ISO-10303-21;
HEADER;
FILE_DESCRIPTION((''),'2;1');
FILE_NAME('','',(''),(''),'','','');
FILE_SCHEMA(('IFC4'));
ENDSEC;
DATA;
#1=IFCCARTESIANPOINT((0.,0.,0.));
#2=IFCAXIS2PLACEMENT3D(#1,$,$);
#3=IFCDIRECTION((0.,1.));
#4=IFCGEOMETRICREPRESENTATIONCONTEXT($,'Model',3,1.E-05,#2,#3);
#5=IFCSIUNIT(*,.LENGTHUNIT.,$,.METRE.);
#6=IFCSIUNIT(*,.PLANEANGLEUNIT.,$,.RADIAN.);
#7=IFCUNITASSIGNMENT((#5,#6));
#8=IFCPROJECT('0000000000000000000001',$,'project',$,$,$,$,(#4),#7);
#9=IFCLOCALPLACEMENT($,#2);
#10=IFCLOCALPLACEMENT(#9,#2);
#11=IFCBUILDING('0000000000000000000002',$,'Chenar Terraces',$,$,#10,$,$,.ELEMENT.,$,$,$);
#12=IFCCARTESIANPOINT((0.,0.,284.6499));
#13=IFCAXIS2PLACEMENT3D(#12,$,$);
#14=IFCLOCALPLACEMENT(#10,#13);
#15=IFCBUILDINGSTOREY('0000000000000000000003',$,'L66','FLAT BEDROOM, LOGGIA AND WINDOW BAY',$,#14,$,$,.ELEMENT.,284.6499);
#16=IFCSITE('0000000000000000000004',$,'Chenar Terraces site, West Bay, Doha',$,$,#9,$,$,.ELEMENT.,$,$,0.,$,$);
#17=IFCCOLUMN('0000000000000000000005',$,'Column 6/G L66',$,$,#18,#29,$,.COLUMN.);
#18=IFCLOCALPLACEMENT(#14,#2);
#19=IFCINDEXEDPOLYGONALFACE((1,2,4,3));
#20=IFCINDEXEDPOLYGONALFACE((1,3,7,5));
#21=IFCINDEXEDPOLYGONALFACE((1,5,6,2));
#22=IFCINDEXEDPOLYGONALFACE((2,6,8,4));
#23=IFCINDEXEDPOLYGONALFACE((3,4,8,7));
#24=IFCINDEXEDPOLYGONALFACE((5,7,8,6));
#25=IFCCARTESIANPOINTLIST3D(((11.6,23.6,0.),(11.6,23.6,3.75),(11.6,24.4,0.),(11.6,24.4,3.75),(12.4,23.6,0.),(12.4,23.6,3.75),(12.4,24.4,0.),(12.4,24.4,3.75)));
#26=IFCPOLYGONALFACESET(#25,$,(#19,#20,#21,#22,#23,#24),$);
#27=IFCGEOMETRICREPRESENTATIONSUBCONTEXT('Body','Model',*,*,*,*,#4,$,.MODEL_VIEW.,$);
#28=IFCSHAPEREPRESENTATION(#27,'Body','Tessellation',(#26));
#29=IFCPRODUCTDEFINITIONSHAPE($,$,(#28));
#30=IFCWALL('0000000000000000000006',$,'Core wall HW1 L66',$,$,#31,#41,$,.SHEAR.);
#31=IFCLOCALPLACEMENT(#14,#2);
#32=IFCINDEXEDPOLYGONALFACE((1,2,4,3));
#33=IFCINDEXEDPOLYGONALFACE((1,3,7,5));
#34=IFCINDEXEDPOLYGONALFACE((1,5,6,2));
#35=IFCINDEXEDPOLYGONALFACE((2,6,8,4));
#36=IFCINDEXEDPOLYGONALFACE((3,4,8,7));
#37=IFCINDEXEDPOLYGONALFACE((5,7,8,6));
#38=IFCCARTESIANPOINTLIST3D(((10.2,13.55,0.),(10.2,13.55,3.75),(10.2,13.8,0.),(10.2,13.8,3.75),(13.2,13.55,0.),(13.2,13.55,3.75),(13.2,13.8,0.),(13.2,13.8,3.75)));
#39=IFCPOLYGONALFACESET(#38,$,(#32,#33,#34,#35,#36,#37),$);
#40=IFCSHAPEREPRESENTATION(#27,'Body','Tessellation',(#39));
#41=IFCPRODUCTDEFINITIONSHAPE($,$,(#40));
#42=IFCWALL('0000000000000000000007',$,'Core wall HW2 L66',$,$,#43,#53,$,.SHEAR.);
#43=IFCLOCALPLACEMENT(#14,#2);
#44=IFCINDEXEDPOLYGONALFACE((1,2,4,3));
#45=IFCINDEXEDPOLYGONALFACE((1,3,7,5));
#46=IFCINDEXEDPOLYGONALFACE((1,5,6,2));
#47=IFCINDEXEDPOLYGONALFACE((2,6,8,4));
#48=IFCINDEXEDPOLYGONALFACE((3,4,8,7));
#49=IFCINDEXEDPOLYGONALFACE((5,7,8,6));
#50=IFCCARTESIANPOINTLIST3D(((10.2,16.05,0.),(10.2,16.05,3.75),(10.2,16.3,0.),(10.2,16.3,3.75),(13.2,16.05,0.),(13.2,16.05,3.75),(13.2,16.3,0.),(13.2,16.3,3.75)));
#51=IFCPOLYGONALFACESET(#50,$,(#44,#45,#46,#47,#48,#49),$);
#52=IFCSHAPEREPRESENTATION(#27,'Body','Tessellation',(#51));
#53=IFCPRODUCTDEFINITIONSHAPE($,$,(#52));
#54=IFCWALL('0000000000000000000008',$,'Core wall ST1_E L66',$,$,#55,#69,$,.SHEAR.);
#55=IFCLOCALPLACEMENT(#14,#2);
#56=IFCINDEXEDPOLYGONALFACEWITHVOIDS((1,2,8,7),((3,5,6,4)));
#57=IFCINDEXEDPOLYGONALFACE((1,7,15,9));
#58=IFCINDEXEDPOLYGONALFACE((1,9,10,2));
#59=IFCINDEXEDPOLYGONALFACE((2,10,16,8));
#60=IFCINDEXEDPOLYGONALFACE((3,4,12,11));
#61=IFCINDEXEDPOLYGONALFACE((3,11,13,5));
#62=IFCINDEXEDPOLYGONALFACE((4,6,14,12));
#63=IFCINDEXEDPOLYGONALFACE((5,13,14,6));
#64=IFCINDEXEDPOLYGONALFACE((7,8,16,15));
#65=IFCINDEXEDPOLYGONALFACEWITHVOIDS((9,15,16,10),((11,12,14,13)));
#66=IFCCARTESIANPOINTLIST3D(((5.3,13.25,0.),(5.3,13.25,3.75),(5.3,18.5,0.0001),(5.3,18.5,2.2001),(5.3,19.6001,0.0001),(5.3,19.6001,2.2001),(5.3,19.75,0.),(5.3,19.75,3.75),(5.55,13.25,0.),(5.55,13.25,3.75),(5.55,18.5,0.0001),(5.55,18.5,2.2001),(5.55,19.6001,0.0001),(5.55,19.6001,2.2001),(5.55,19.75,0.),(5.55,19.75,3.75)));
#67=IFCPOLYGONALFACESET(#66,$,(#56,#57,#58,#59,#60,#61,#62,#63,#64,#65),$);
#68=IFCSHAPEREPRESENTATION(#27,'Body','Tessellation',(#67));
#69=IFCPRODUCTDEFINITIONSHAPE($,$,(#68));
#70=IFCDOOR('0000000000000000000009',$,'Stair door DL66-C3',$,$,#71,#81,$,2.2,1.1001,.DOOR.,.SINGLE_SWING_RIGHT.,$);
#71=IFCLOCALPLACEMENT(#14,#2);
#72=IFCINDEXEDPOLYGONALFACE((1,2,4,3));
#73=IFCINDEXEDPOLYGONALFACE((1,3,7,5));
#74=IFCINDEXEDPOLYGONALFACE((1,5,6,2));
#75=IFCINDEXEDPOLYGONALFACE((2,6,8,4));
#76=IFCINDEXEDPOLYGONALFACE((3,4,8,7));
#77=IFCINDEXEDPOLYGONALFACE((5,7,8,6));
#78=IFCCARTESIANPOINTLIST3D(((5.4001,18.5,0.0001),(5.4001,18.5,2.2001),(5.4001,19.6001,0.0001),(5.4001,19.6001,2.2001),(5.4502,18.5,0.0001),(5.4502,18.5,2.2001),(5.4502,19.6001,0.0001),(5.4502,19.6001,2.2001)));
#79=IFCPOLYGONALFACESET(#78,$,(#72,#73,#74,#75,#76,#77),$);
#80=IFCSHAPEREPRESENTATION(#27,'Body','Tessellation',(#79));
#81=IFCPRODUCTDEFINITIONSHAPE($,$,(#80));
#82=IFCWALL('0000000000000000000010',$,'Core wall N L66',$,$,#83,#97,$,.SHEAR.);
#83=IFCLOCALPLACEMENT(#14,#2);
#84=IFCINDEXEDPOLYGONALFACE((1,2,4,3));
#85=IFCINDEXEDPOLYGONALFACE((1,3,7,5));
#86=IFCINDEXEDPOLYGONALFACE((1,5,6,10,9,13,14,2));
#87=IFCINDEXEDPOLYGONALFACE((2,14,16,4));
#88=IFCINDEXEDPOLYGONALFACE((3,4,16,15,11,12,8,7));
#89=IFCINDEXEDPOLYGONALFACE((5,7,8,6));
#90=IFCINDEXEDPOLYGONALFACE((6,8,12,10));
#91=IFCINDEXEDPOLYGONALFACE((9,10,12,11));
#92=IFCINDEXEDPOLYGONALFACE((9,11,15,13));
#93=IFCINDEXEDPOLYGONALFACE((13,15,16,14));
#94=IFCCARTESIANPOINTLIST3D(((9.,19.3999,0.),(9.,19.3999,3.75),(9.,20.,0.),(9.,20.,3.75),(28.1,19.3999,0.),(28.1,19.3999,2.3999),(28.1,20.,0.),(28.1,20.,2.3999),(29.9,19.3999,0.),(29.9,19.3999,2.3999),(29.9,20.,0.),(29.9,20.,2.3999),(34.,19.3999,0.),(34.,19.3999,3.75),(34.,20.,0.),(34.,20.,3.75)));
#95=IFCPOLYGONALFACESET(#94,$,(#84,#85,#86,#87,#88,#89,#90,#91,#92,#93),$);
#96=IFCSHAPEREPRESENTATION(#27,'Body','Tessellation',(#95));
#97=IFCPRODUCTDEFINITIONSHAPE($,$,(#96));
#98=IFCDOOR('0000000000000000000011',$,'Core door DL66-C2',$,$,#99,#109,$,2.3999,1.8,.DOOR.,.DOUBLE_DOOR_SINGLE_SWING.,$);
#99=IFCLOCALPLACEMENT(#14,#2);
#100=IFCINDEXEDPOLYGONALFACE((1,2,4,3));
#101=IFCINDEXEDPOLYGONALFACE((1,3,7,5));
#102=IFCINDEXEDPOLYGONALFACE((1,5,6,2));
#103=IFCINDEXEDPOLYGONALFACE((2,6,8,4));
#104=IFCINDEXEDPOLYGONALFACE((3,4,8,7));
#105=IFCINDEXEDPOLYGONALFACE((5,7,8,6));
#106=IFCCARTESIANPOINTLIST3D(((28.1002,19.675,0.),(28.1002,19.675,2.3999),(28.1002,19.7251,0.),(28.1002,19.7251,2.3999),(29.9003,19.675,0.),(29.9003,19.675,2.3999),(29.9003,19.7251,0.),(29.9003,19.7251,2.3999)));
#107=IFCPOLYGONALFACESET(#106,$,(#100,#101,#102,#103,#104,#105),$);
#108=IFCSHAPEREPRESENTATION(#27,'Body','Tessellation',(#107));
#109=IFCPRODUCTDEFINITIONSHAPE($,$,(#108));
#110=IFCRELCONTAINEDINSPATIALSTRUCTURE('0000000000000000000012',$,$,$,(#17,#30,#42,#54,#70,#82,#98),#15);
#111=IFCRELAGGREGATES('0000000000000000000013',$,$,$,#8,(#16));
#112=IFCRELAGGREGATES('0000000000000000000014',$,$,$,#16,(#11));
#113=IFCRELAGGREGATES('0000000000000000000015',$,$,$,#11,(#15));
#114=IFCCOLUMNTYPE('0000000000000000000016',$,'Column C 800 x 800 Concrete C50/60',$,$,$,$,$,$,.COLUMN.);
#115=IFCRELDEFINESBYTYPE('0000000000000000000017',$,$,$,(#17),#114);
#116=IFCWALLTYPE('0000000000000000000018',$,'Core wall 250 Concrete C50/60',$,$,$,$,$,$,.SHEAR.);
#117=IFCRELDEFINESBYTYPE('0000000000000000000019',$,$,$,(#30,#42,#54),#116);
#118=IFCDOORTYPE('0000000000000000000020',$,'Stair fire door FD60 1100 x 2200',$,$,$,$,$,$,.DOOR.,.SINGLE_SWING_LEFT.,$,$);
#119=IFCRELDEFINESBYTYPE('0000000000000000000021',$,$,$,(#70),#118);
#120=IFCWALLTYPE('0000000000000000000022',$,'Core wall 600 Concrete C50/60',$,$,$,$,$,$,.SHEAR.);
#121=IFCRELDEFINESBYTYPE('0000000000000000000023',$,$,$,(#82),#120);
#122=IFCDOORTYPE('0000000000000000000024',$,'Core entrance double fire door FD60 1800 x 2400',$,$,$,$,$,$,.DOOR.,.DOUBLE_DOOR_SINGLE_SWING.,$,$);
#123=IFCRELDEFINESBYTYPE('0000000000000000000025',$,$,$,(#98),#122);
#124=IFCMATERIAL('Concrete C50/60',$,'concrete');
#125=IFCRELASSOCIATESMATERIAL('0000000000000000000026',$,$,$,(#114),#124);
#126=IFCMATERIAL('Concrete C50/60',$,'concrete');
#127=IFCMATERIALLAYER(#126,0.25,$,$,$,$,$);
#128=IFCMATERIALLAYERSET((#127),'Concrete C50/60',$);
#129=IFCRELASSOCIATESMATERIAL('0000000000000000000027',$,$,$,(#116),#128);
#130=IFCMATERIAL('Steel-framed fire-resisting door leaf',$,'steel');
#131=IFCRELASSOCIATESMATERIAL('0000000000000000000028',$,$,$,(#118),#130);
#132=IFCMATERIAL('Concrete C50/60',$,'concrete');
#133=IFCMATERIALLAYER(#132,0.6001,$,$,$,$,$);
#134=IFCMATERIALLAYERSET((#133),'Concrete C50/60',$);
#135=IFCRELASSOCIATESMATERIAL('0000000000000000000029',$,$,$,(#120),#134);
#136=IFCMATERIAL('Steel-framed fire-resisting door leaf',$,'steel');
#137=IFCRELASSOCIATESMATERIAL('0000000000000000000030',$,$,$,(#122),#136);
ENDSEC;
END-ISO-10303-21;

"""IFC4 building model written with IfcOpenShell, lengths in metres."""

from ifc_helpers import new_model, si_unit, direction, frame, frame_2d, origin, origin_2d, place, context, subcontext, project, spatial, rectangle, extrude, material, layer, layer_set, material_profile, profile_set, type_object, element, fill, save


model = new_model("IFC4")

# Units and contexts
model_context = context("Model", 3, precision=1e-05, world=origin(), true_north=direction((0.0, 1.0)))
body_context = subcontext(model_context, "Body", "Model", "MODEL_VIEW")
ifc_project = project(units=[si_unit("LENGTHUNIT", "METRE"), si_unit("PLANEANGLEUNIT", "RADIAN")], contexts=[model_context])

# Site, building, storey
site_placement = place(None, origin())
site = spatial("IfcSite", under=ifc_project, at=site_placement, Name="Chenar Terraces site, West Bay, Doha", CompositionType="ELEMENT", RefElevation=0.0)
building_placement = place(site_placement, origin())
building = spatial("IfcBuilding", under=site, at=building_placement, Name="Chenar Terraces", CompositionType="ELEMENT")
storey_placement = place(building_placement, frame((0.0, 0.0, 284.6499)))
storey = spatial("IfcBuildingStorey", under=building, at=storey_placement, Name="L66", Description="FLAT BEDROOM, LOGGIA AND WINDOW BAY", CompositionType="ELEMENT", Elevation=284.6499)

# Column
ifc_material_1 = material(Name="Concrete C50/60", Category="concrete")
ifc_material_profile = material_profile(ifc_material_1, rectangle(XDim=0.8, YDim=0.8, at=origin_2d()), Name="C 800 x 800")
ifc_profile_set = profile_set([ifc_material_profile], Name="Concrete C50/60")
column_type = type_object("IfcColumnType", Name="Column C 800 x 800 Concrete C50/60", PredefinedType="COLUMN", material=ifc_profile_set)
column_placement = place(storey_placement, frame((12.0, 24.0, 0.0), z_axis=(0.0, 0.0, 1.0), x_axis=(1.0, 0.0, 0.0)))
element("IfcColumn", 1, at=column_placement, inside=storey, type_object=column_type, Name="Column 6/G L66", PredefinedType="COLUMN", context=body_context, shape_type="SweptSolid", body=[
    extrude(rectangle(XDim=0.8, YDim=0.8, at=origin_2d()), origin(), (0.0, 0.0, 1.0), 3.75),
])

# Walls
ifc_material_2 = material(Name="Concrete C50/60", Category="concrete")
ifc_layer_1 = layer(ifc_material_2, 0.25)
ifc_layer_set_1 = layer_set([ifc_layer_1], Name="Concrete C50/60")
wall_type_1 = type_object("IfcWallType", Name="Core wall 250 Concrete C50/60", PredefinedType="SHEAR", material=ifc_layer_set_1)
for number, where, z_axis, x_axis, name in (
    (2, (10.2, 13.675, 0.0), (0.0, 0.0, 1.0), (1.0, 0.0, 0.0), "Core wall HW1 L66"),
    (3, (10.2, 16.175, 0.0), (0.0, 0.0, 1.0), (1.0, 0.0, 0.0), "Core wall HW2 L66"),
):
    element("IfcWall", number, at=place(storey_placement, frame(where, z_axis=z_axis, x_axis=x_axis)), inside=storey, type_object=wall_type_1, Name=name, PredefinedType="SHEAR", context=body_context, shape_type="SweptSolid", body=[
        extrude(rectangle(XDim=3.0, YDim=0.25, at=frame_2d((1.5, 0.0))), origin(), (0.0, 0.0, 1.0), 3.75),
    ])

# Walls, openings, doors
wall_1_placement = place(storey_placement, frame((5.425, 13.25, 0.0), z_axis=(0.0, 0.0, 1.0), x_axis=(0.0, 1.0, 0.0)))
wall_1 = element("IfcWall", 4, at=wall_1_placement, inside=storey, type_object=wall_type_1, Name="Core wall ST1_E L66", PredefinedType="SHEAR", context=body_context, shape_type="SweptSolid", body=[
    extrude(rectangle(XDim=6.5, YDim=0.25, at=frame_2d((3.25, 0.0))), origin(), (0.0, 0.0, 1.0), 3.75),
])
opening_1_placement = place(wall_1_placement, frame((5.25, 0.0, 0.0)))
opening_1 = element("IfcOpeningElement", 5, at=opening_1_placement, cuts=wall_1, PredefinedType="OPENING", context=body_context, shape_type="SweptSolid", body=[
    extrude(rectangle(XDim=1.1001, YDim=2.2, at=frame_2d((0.55, 1.1001))), frame((0.0, 0.135, 0.0), z_axis=(0.0, -1.0, 0.0), x_axis=(1.0, 0.0, 0.0)), (0.0, 0.0, 1.0), 0.27),
])
ifc_material_3 = material(Name="Steel-framed fire-resisting door leaf", Category="steel")
door_type_1 = type_object("IfcDoorType", Name="Stair fire door FD60 1100 x 2200", OperationType="SINGLE_SWING_LEFT", PredefinedType="DOOR", material=ifc_material_3)
door_1_placement = place(opening_1_placement, origin())
door_1 = element("IfcDoor", 6, at=door_1_placement, inside=storey, type_object=door_type_1, Name="Stair door DL66-C3", OperationType="SINGLE_SWING_RIGHT", OverallHeight=2.2, OverallWidth=1.1001, PredefinedType="DOOR", context=body_context, shape_type="SweptSolid", body=[
    extrude(rectangle(XDim=1.1001, YDim=2.2, at=frame_2d((0.55, 1.1001))), frame((0.0, 0.0249, 0.0), z_axis=(0.0, -1.0, 0.0), x_axis=(1.0, 0.0, 0.0)), (0.0, 0.0, 1.0), 0.05),
])
fill(opening_1, door_1)
ifc_material_4 = material(Name="Concrete C50/60", Category="concrete")
ifc_layer_2 = layer(ifc_material_4, 0.6001)
ifc_layer_set_2 = layer_set([ifc_layer_2], Name="Concrete C50/60")
wall_type_2 = type_object("IfcWallType", Name="Core wall 600 Concrete C50/60", PredefinedType="SHEAR", material=ifc_layer_set_2)
wall_2_placement = place(storey_placement, frame((9.0, 19.7, 0.0), z_axis=(0.0, 0.0, 1.0), x_axis=(1.0, 0.0, 0.0)))
wall_2 = element("IfcWall", 7, at=wall_2_placement, inside=storey, type_object=wall_type_2, Name="Core wall N L66", PredefinedType="SHEAR", context=body_context, shape_type="SweptSolid", body=[
    extrude(rectangle(XDim=25.0, YDim=0.6001, at=frame_2d((12.5, 0.0))), origin(), (0.0, 0.0, 1.0), 3.75),
])
opening_2_placement = place(wall_2_placement, frame((19.1001, 0.0, 0.0)))
opening_2 = element("IfcOpeningElement", 8, at=opening_2_placement, cuts=wall_2, PredefinedType="OPENING", context=body_context, shape_type="SweptSolid", body=[
    extrude(rectangle(XDim=1.8, YDim=2.3999, at=frame_2d((0.8999, 1.2))), frame((0.0, 0.3101, 0.0), z_axis=(0.0, -1.0, 0.0), x_axis=(1.0, 0.0, 0.0)), (0.0, 0.0, 1.0), 0.6201),
])
ifc_material_5 = material(Name="Steel-framed fire-resisting door leaf", Category="steel")
door_type_2 = type_object("IfcDoorType", Name="Core entrance double fire door FD60 1800 x 2400", OperationType="DOUBLE_DOOR_SINGLE_SWING", PredefinedType="DOOR", material=ifc_material_5)
door_2_placement = place(opening_2_placement, frame((1.8, 0.0, 0.0), z_axis=(0.0, 0.0, 1.0), x_axis=(-1.0, 0.0, 0.0)))
door_2 = element("IfcDoor", 9, at=door_2_placement, inside=storey, type_object=door_type_2, Name="Core door DL66-C2", OperationType="DOUBLE_DOOR_SINGLE_SWING", OverallHeight=2.3999, OverallWidth=1.8, PredefinedType="DOOR", context=body_context, shape_type="SweptSolid", body=[
    extrude(rectangle(XDim=1.8, YDim=2.3999, at=frame_2d((0.8999, 1.2))), frame((0.0, 0.0249, 0.0), z_axis=(0.0, -1.0, 0.0), x_axis=(1.0, 0.0, 0.0)), (0.0, 0.0, 1.0), 0.05),
])
fill(opening_2, door_2)

save(model, "model.ifc")
